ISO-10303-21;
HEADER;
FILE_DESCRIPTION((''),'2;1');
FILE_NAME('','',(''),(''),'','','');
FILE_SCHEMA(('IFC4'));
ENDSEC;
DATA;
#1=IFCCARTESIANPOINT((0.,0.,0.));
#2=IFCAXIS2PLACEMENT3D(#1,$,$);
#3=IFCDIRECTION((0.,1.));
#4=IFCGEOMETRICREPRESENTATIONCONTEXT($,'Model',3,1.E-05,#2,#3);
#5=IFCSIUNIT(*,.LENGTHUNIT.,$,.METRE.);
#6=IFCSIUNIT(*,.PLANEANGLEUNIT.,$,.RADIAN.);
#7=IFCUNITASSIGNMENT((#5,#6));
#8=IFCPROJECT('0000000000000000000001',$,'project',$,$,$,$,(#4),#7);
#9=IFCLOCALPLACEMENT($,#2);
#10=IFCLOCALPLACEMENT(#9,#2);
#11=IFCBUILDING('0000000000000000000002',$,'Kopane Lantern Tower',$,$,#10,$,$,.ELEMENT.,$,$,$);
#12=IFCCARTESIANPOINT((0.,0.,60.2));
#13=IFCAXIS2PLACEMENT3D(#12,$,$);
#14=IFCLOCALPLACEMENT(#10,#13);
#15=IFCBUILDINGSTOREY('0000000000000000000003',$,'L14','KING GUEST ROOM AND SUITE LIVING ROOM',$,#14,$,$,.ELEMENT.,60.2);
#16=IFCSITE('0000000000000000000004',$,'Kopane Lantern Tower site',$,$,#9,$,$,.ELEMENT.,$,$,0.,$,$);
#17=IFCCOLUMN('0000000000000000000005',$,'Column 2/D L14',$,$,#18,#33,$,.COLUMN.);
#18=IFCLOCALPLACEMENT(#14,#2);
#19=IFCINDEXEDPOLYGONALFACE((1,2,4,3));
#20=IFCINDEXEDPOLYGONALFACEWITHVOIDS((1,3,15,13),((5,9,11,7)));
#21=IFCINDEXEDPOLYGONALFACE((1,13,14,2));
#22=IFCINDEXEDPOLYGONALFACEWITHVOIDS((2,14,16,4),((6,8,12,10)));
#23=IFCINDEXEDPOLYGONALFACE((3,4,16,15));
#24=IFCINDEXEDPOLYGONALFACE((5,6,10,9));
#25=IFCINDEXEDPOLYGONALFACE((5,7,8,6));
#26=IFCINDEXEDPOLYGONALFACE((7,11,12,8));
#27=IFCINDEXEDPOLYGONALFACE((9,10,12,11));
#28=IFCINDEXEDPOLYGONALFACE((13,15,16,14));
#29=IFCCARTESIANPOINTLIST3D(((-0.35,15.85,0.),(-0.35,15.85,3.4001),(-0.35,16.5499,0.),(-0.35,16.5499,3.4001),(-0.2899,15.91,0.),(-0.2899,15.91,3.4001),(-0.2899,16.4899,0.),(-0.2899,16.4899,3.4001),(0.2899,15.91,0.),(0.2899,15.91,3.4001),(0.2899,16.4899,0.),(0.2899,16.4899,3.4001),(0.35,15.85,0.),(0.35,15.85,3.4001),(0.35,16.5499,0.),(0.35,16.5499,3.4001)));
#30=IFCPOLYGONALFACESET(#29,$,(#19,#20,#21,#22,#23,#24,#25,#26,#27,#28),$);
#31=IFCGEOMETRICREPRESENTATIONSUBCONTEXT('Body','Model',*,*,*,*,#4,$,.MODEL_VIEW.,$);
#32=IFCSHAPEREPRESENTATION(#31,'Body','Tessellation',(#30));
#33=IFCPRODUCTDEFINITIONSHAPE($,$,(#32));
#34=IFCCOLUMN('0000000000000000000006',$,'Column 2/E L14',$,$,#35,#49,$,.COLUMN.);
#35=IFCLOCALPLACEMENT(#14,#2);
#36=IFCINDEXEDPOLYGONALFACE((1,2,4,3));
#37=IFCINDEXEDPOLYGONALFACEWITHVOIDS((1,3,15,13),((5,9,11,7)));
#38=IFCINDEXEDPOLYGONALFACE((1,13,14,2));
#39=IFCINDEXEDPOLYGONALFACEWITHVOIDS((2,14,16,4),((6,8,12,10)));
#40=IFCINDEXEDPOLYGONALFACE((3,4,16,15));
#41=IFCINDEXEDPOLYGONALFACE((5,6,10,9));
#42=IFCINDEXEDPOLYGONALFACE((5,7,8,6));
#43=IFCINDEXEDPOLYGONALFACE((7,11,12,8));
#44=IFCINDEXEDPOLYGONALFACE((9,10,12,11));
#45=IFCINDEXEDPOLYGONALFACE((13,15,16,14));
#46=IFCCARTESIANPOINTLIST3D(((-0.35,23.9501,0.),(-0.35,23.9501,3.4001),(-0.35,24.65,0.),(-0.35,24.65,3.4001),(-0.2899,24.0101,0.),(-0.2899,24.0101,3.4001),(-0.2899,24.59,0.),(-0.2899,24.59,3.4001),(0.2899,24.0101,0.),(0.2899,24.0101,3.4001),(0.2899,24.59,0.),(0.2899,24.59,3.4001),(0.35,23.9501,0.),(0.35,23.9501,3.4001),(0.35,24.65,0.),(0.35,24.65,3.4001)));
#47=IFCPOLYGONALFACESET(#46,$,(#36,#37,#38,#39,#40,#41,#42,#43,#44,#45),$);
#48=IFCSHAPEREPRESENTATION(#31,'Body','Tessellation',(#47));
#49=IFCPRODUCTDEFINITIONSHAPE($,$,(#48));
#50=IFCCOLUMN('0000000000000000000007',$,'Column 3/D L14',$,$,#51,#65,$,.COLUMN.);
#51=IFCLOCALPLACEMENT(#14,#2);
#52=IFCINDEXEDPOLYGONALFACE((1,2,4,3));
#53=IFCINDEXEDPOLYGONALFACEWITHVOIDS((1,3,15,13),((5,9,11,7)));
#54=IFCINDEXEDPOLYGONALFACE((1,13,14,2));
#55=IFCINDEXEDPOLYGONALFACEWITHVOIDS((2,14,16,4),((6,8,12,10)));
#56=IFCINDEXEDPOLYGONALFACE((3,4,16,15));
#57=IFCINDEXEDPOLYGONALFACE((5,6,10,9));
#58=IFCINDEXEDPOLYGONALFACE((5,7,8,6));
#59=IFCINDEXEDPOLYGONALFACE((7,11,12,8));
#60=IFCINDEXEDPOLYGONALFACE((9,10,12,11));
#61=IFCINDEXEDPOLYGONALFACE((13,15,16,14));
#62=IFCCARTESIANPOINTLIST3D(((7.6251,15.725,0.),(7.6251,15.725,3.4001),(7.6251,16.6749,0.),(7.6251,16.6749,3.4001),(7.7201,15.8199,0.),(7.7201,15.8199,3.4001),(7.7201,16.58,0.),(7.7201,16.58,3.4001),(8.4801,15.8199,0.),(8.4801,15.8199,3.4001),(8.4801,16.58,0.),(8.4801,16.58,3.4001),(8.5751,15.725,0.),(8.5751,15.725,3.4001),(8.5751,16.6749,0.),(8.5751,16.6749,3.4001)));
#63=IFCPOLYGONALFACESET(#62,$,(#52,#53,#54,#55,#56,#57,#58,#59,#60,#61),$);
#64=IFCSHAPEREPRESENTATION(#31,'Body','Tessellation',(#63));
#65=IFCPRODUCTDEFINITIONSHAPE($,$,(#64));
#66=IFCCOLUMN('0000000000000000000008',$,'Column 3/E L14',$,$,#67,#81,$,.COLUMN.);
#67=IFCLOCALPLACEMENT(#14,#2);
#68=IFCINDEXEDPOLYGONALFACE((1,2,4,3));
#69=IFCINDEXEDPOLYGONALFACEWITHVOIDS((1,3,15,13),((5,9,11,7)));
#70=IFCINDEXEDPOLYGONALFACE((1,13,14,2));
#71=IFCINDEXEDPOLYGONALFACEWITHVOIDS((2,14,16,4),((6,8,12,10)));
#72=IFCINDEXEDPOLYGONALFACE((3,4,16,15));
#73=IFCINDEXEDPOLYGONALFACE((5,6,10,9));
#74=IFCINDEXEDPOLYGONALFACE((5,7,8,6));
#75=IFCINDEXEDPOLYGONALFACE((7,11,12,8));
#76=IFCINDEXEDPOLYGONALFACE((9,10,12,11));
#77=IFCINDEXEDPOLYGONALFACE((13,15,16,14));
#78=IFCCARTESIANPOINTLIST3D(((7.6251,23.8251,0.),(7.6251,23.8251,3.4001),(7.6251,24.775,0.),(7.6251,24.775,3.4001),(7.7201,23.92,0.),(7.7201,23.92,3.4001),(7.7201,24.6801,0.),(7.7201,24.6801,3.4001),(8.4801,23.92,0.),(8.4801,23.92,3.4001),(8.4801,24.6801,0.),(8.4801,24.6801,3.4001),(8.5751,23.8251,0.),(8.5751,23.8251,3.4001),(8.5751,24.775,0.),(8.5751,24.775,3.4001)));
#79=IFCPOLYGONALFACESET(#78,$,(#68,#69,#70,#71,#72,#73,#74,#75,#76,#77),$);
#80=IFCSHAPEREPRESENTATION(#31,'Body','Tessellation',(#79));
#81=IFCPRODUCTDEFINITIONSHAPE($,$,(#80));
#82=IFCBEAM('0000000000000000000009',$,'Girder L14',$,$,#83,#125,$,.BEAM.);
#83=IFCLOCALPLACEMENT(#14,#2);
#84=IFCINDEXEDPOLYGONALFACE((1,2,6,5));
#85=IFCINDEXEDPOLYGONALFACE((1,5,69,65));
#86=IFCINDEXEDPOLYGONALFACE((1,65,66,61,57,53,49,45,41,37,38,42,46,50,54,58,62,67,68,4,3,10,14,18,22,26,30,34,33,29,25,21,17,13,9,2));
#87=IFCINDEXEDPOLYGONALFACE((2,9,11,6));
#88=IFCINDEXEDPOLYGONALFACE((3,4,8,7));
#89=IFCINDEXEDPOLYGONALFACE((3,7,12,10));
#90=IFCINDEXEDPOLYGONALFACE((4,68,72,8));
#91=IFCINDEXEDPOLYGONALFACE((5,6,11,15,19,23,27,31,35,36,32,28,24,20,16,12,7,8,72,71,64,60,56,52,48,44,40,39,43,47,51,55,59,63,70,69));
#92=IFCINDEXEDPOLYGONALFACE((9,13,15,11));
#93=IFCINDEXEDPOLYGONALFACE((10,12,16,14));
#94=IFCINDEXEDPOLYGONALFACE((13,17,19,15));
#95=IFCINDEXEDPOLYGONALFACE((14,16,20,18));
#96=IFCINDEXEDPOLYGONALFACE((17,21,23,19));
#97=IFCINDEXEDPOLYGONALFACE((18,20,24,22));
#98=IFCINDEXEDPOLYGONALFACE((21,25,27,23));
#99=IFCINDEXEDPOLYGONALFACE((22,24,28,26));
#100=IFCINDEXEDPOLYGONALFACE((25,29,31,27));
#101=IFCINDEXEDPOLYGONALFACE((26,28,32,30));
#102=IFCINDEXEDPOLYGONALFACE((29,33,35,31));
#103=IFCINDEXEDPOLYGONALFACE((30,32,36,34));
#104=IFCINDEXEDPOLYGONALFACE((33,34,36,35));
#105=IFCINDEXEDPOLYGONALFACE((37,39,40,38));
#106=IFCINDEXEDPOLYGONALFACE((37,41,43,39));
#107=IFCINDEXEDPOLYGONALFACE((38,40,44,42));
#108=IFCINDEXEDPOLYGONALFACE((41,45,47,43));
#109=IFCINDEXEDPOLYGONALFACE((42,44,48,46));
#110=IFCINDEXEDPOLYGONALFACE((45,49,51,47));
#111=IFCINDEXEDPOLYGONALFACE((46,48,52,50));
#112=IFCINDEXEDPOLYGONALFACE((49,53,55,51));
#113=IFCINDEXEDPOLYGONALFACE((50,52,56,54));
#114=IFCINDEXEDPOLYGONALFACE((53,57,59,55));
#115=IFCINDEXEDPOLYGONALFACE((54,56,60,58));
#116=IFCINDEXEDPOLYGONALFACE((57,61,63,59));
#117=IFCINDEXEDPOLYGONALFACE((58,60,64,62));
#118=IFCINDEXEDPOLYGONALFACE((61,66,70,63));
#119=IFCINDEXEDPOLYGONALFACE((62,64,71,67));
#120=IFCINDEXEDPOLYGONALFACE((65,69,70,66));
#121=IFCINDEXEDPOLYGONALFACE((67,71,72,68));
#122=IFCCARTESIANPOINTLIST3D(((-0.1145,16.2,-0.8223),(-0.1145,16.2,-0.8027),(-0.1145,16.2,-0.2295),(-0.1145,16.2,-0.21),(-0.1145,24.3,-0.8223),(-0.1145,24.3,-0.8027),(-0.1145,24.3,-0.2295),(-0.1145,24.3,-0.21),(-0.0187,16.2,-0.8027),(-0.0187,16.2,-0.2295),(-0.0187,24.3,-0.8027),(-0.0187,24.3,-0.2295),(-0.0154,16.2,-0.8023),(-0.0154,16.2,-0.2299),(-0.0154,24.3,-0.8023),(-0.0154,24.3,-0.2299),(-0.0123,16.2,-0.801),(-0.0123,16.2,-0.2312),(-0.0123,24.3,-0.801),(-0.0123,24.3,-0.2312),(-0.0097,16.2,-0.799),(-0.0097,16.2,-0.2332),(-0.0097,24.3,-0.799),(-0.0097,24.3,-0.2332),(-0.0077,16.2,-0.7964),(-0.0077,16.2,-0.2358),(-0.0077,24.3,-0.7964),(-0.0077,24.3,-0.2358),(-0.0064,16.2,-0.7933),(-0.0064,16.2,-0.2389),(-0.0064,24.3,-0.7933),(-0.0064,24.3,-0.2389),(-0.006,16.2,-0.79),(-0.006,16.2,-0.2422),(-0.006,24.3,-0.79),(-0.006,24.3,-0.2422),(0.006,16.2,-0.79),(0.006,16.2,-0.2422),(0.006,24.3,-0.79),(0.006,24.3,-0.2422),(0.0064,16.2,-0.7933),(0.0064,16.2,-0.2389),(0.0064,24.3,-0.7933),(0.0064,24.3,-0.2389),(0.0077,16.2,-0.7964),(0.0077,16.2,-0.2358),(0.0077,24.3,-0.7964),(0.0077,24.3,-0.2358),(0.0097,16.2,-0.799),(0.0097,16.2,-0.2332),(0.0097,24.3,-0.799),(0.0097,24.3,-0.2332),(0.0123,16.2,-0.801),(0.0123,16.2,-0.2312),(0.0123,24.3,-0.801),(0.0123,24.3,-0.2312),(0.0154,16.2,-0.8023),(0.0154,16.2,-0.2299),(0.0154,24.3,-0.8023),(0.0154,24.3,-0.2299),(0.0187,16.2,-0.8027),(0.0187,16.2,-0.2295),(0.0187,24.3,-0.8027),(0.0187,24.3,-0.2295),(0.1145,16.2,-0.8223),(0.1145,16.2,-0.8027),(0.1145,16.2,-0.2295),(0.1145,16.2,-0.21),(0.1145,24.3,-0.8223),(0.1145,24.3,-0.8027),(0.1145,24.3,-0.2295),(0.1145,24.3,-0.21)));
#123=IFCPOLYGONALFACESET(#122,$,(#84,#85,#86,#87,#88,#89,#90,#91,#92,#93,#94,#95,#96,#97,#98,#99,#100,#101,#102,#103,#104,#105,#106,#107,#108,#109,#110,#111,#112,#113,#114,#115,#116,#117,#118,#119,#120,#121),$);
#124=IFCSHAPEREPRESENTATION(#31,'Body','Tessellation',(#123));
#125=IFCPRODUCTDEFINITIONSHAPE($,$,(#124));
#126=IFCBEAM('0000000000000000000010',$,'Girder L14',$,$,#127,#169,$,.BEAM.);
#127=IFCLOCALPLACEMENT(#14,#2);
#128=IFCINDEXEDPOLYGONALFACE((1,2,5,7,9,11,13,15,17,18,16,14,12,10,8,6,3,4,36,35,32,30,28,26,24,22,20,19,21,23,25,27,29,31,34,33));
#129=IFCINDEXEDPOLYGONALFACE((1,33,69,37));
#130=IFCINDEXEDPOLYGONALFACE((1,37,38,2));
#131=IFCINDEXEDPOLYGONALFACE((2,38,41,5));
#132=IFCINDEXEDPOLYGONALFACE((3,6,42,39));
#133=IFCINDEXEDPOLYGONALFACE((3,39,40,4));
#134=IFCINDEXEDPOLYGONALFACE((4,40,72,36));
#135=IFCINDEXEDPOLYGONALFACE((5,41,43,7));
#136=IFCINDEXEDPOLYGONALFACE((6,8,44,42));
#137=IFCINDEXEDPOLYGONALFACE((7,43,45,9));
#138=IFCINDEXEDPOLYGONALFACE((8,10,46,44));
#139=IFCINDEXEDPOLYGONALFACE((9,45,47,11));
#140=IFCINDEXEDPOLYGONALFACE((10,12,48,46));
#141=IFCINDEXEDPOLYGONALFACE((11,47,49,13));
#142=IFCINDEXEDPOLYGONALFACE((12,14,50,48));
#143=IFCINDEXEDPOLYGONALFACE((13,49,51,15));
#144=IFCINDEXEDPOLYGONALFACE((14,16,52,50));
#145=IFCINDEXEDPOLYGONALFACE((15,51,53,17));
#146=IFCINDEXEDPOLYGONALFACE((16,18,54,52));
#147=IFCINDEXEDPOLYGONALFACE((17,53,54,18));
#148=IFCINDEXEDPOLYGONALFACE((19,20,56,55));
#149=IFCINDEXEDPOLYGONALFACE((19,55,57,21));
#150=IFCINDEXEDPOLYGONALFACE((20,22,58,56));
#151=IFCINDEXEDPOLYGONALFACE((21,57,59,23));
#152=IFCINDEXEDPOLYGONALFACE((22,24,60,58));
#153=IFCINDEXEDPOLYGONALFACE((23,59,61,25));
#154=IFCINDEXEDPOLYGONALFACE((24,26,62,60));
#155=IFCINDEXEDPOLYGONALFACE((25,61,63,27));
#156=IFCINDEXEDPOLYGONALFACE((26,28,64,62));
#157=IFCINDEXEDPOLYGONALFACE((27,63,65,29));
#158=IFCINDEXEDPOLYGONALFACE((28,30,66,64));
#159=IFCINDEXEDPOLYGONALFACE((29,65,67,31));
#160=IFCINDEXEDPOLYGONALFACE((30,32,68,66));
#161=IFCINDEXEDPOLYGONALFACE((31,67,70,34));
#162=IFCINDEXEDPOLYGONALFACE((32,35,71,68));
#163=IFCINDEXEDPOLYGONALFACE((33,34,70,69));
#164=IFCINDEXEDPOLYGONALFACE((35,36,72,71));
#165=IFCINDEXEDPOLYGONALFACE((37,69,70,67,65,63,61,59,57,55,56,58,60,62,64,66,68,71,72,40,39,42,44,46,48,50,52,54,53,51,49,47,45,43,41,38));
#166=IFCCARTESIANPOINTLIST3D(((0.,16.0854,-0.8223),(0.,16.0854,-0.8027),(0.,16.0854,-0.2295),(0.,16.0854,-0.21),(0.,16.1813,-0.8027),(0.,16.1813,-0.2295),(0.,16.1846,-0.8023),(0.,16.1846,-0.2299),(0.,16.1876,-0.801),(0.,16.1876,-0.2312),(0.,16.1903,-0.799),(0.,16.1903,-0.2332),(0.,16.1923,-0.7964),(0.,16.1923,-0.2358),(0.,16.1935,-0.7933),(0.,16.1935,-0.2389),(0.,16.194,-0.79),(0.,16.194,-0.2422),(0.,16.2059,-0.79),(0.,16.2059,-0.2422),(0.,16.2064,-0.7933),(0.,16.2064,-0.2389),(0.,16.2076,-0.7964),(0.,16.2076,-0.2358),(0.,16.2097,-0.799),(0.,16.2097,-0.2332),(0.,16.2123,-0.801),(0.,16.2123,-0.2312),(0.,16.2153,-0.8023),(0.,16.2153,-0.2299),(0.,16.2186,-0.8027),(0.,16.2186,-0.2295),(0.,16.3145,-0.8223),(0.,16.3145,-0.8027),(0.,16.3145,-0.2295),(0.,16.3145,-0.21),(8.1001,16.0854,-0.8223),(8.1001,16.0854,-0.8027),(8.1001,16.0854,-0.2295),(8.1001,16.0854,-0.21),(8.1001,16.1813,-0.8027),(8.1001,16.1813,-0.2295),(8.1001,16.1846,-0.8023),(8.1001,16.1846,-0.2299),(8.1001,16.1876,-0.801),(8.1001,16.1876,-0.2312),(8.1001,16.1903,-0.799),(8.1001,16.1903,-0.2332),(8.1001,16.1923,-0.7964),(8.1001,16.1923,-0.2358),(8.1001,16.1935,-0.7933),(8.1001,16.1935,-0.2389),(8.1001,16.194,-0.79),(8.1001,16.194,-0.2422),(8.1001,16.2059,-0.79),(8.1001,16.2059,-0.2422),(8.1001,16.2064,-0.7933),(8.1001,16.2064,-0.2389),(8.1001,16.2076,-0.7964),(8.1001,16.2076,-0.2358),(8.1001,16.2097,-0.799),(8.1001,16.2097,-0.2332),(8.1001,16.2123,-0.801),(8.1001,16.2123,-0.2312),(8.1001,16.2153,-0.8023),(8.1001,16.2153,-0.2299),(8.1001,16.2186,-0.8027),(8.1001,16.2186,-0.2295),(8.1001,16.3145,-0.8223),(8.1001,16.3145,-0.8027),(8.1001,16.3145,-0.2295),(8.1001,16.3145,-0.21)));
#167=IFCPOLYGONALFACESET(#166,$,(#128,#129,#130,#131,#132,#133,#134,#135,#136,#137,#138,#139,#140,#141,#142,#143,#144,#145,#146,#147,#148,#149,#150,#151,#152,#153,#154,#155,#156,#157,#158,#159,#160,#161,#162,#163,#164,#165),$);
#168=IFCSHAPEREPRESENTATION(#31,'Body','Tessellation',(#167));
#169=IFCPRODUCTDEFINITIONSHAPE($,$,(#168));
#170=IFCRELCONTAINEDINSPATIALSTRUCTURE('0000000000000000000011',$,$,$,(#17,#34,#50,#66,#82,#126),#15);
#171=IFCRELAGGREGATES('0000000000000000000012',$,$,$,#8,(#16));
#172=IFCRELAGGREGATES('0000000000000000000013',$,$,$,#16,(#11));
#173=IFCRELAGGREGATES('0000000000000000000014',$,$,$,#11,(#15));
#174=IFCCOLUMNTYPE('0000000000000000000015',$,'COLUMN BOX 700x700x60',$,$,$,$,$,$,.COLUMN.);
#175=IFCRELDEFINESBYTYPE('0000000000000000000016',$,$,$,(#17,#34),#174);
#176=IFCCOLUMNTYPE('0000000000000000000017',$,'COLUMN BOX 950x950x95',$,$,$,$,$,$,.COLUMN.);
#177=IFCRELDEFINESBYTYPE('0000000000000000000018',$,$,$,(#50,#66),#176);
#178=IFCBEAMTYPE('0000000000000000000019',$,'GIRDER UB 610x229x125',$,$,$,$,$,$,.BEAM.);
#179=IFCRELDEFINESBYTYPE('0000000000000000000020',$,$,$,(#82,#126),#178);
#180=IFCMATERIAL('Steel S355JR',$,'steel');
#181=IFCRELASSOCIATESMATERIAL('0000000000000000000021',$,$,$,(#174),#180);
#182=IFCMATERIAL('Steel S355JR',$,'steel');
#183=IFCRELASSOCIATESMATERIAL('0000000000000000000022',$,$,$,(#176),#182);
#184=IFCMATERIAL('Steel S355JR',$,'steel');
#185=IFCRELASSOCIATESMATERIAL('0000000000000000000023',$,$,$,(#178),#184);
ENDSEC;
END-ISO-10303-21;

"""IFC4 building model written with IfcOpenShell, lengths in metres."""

from ifc_helpers import new_model, si_unit, direction, frame, origin, origin_2d, place, context, subcontext, project, spatial, hollow_rectangle, i_section, extrude, material, material_profile, profile_set, type_object, element, save


model = new_model("IFC4")

# Units and contexts
model_context = context("Model", 3, precision=1e-05, world=origin(), true_north=direction((0.0, 1.0)))
body_context = subcontext(model_context, "Body", "Model", "MODEL_VIEW")
ifc_project = project(units=[si_unit("LENGTHUNIT", "METRE"), si_unit("PLANEANGLEUNIT", "RADIAN")], contexts=[model_context])

# Site, building, storey
site_placement = place(None, origin())
site = spatial("IfcSite", under=ifc_project, at=site_placement, Name="Kopane Lantern Tower site", CompositionType="ELEMENT", RefElevation=0.0)
building_placement = place(site_placement, origin())
building = spatial("IfcBuilding", under=site, at=building_placement, Name="Kopane Lantern Tower", CompositionType="ELEMENT")
storey_placement = place(building_placement, frame((0.0, 0.0, 60.2)))
storey = spatial("IfcBuildingStorey", under=building, at=storey_placement, Name="L14", Description="KING GUEST ROOM AND SUITE LIVING ROOM", CompositionType="ELEMENT", Elevation=60.2)

# Columns
ifc_material_1 = material(Name="Steel S355JR", Category="steel")
ifc_material_profile_1 = material_profile(ifc_material_1, hollow_rectangle(XDim=0.7, YDim=0.7, WallThickness=0.0601, at=origin_2d()), Name="BOX 700x700x60")
ifc_profile_set_1 = profile_set([ifc_material_profile_1], Name="Steel S355JR")
column_type_1 = type_object("IfcColumnType", Name="COLUMN BOX 700x700x60", PredefinedType="COLUMN", material=ifc_profile_set_1)
for number, where, z_axis, x_axis, name in (
    (1, (0.0, 16.2, 0.0), (0.0, 0.0, 1.0), (1.0, 0.0, 0.0), "Column 2/D L14"),
    (2, (0.0, 24.3, 0.0), (0.0, 0.0, 1.0), (1.0, 0.0, 0.0), "Column 2/E L14"),
):
    element("IfcColumn", number, at=place(storey_placement, frame(where, z_axis=z_axis, x_axis=x_axis)), inside=storey, type_object=column_type_1, Name=name, PredefinedType="COLUMN", context=body_context, shape_type="SweptSolid", body=[
        extrude(hollow_rectangle(XDim=0.7, YDim=0.7, WallThickness=0.0601, at=origin_2d()), origin(), (0.0, 0.0, 1.0), 3.4001),
    ])
ifc_material_2 = material(Name="Steel S355JR", Category="steel")
ifc_material_profile_2 = material_profile(ifc_material_2, hollow_rectangle(XDim=0.95, YDim=0.95, WallThickness=0.095, at=origin_2d()), Name="BOX 950x950x95")
ifc_profile_set_2 = profile_set([ifc_material_profile_2], Name="Steel S355JR")
column_type_2 = type_object("IfcColumnType", Name="COLUMN BOX 950x950x95", PredefinedType="COLUMN", material=ifc_profile_set_2)
for number, where, z_axis, x_axis, name in (
    (3, (8.1001, 16.2, 0.0), (0.0, 0.0, 1.0), (1.0, 0.0, 0.0), "Column 3/D L14"),
    (4, (8.1001, 24.3, 0.0), (0.0, 0.0, 1.0), (1.0, 0.0, 0.0), "Column 3/E L14"),
):
    element("IfcColumn", number, at=place(storey_placement, frame(where, z_axis=z_axis, x_axis=x_axis)), inside=storey, type_object=column_type_2, Name=name, PredefinedType="COLUMN", context=body_context, shape_type="SweptSolid", body=[
        extrude(hollow_rectangle(XDim=0.95, YDim=0.95, WallThickness=0.095, at=origin_2d()), origin(), (0.0, 0.0, 1.0), 3.4001),
    ])

# Beams
ifc_material_3 = material(Name="Steel S355JR", Category="steel")
ifc_material_profile_3 = material_profile(ifc_material_3, i_section(OverallWidth=0.229, OverallDepth=0.6123, WebThickness=0.012, FlangeThickness=0.0195, FilletRadius=0.0127, at=origin_2d()), Name="UB 610x229x125")
ifc_profile_set_3 = profile_set([ifc_material_profile_3], Name="Steel S355JR")
beam_type = type_object("IfcBeamType", Name="GIRDER UB 610x229x125", PredefinedType="BEAM", material=ifc_profile_set_3)
for number, where, z_axis, x_axis, name in (
    (5, (0.0, 16.2, -0.5161), (0.0, 1.0, 0.0), (-1.0, 0.0, 0.0), "Girder L14"),
    (6, (0.0, 16.2, -0.5161), (1.0, 0.0, 0.0), (0.0, 1.0, 0.0), "Girder L14"),
):
    element("IfcBeam", number, at=place(storey_placement, frame(where, z_axis=z_axis, x_axis=x_axis)), inside=storey, type_object=beam_type, Name=name, PredefinedType="BEAM", context=body_context, shape_type="SweptSolid", body=[
        extrude(i_section(OverallWidth=0.229, OverallDepth=0.6123, WebThickness=0.012, FlangeThickness=0.0195, FilletRadius=0.0127, at=origin_2d()), origin(), (0.0, 0.0, 1.0), 8.1001),
    ])

save(model, "model.ifc")
